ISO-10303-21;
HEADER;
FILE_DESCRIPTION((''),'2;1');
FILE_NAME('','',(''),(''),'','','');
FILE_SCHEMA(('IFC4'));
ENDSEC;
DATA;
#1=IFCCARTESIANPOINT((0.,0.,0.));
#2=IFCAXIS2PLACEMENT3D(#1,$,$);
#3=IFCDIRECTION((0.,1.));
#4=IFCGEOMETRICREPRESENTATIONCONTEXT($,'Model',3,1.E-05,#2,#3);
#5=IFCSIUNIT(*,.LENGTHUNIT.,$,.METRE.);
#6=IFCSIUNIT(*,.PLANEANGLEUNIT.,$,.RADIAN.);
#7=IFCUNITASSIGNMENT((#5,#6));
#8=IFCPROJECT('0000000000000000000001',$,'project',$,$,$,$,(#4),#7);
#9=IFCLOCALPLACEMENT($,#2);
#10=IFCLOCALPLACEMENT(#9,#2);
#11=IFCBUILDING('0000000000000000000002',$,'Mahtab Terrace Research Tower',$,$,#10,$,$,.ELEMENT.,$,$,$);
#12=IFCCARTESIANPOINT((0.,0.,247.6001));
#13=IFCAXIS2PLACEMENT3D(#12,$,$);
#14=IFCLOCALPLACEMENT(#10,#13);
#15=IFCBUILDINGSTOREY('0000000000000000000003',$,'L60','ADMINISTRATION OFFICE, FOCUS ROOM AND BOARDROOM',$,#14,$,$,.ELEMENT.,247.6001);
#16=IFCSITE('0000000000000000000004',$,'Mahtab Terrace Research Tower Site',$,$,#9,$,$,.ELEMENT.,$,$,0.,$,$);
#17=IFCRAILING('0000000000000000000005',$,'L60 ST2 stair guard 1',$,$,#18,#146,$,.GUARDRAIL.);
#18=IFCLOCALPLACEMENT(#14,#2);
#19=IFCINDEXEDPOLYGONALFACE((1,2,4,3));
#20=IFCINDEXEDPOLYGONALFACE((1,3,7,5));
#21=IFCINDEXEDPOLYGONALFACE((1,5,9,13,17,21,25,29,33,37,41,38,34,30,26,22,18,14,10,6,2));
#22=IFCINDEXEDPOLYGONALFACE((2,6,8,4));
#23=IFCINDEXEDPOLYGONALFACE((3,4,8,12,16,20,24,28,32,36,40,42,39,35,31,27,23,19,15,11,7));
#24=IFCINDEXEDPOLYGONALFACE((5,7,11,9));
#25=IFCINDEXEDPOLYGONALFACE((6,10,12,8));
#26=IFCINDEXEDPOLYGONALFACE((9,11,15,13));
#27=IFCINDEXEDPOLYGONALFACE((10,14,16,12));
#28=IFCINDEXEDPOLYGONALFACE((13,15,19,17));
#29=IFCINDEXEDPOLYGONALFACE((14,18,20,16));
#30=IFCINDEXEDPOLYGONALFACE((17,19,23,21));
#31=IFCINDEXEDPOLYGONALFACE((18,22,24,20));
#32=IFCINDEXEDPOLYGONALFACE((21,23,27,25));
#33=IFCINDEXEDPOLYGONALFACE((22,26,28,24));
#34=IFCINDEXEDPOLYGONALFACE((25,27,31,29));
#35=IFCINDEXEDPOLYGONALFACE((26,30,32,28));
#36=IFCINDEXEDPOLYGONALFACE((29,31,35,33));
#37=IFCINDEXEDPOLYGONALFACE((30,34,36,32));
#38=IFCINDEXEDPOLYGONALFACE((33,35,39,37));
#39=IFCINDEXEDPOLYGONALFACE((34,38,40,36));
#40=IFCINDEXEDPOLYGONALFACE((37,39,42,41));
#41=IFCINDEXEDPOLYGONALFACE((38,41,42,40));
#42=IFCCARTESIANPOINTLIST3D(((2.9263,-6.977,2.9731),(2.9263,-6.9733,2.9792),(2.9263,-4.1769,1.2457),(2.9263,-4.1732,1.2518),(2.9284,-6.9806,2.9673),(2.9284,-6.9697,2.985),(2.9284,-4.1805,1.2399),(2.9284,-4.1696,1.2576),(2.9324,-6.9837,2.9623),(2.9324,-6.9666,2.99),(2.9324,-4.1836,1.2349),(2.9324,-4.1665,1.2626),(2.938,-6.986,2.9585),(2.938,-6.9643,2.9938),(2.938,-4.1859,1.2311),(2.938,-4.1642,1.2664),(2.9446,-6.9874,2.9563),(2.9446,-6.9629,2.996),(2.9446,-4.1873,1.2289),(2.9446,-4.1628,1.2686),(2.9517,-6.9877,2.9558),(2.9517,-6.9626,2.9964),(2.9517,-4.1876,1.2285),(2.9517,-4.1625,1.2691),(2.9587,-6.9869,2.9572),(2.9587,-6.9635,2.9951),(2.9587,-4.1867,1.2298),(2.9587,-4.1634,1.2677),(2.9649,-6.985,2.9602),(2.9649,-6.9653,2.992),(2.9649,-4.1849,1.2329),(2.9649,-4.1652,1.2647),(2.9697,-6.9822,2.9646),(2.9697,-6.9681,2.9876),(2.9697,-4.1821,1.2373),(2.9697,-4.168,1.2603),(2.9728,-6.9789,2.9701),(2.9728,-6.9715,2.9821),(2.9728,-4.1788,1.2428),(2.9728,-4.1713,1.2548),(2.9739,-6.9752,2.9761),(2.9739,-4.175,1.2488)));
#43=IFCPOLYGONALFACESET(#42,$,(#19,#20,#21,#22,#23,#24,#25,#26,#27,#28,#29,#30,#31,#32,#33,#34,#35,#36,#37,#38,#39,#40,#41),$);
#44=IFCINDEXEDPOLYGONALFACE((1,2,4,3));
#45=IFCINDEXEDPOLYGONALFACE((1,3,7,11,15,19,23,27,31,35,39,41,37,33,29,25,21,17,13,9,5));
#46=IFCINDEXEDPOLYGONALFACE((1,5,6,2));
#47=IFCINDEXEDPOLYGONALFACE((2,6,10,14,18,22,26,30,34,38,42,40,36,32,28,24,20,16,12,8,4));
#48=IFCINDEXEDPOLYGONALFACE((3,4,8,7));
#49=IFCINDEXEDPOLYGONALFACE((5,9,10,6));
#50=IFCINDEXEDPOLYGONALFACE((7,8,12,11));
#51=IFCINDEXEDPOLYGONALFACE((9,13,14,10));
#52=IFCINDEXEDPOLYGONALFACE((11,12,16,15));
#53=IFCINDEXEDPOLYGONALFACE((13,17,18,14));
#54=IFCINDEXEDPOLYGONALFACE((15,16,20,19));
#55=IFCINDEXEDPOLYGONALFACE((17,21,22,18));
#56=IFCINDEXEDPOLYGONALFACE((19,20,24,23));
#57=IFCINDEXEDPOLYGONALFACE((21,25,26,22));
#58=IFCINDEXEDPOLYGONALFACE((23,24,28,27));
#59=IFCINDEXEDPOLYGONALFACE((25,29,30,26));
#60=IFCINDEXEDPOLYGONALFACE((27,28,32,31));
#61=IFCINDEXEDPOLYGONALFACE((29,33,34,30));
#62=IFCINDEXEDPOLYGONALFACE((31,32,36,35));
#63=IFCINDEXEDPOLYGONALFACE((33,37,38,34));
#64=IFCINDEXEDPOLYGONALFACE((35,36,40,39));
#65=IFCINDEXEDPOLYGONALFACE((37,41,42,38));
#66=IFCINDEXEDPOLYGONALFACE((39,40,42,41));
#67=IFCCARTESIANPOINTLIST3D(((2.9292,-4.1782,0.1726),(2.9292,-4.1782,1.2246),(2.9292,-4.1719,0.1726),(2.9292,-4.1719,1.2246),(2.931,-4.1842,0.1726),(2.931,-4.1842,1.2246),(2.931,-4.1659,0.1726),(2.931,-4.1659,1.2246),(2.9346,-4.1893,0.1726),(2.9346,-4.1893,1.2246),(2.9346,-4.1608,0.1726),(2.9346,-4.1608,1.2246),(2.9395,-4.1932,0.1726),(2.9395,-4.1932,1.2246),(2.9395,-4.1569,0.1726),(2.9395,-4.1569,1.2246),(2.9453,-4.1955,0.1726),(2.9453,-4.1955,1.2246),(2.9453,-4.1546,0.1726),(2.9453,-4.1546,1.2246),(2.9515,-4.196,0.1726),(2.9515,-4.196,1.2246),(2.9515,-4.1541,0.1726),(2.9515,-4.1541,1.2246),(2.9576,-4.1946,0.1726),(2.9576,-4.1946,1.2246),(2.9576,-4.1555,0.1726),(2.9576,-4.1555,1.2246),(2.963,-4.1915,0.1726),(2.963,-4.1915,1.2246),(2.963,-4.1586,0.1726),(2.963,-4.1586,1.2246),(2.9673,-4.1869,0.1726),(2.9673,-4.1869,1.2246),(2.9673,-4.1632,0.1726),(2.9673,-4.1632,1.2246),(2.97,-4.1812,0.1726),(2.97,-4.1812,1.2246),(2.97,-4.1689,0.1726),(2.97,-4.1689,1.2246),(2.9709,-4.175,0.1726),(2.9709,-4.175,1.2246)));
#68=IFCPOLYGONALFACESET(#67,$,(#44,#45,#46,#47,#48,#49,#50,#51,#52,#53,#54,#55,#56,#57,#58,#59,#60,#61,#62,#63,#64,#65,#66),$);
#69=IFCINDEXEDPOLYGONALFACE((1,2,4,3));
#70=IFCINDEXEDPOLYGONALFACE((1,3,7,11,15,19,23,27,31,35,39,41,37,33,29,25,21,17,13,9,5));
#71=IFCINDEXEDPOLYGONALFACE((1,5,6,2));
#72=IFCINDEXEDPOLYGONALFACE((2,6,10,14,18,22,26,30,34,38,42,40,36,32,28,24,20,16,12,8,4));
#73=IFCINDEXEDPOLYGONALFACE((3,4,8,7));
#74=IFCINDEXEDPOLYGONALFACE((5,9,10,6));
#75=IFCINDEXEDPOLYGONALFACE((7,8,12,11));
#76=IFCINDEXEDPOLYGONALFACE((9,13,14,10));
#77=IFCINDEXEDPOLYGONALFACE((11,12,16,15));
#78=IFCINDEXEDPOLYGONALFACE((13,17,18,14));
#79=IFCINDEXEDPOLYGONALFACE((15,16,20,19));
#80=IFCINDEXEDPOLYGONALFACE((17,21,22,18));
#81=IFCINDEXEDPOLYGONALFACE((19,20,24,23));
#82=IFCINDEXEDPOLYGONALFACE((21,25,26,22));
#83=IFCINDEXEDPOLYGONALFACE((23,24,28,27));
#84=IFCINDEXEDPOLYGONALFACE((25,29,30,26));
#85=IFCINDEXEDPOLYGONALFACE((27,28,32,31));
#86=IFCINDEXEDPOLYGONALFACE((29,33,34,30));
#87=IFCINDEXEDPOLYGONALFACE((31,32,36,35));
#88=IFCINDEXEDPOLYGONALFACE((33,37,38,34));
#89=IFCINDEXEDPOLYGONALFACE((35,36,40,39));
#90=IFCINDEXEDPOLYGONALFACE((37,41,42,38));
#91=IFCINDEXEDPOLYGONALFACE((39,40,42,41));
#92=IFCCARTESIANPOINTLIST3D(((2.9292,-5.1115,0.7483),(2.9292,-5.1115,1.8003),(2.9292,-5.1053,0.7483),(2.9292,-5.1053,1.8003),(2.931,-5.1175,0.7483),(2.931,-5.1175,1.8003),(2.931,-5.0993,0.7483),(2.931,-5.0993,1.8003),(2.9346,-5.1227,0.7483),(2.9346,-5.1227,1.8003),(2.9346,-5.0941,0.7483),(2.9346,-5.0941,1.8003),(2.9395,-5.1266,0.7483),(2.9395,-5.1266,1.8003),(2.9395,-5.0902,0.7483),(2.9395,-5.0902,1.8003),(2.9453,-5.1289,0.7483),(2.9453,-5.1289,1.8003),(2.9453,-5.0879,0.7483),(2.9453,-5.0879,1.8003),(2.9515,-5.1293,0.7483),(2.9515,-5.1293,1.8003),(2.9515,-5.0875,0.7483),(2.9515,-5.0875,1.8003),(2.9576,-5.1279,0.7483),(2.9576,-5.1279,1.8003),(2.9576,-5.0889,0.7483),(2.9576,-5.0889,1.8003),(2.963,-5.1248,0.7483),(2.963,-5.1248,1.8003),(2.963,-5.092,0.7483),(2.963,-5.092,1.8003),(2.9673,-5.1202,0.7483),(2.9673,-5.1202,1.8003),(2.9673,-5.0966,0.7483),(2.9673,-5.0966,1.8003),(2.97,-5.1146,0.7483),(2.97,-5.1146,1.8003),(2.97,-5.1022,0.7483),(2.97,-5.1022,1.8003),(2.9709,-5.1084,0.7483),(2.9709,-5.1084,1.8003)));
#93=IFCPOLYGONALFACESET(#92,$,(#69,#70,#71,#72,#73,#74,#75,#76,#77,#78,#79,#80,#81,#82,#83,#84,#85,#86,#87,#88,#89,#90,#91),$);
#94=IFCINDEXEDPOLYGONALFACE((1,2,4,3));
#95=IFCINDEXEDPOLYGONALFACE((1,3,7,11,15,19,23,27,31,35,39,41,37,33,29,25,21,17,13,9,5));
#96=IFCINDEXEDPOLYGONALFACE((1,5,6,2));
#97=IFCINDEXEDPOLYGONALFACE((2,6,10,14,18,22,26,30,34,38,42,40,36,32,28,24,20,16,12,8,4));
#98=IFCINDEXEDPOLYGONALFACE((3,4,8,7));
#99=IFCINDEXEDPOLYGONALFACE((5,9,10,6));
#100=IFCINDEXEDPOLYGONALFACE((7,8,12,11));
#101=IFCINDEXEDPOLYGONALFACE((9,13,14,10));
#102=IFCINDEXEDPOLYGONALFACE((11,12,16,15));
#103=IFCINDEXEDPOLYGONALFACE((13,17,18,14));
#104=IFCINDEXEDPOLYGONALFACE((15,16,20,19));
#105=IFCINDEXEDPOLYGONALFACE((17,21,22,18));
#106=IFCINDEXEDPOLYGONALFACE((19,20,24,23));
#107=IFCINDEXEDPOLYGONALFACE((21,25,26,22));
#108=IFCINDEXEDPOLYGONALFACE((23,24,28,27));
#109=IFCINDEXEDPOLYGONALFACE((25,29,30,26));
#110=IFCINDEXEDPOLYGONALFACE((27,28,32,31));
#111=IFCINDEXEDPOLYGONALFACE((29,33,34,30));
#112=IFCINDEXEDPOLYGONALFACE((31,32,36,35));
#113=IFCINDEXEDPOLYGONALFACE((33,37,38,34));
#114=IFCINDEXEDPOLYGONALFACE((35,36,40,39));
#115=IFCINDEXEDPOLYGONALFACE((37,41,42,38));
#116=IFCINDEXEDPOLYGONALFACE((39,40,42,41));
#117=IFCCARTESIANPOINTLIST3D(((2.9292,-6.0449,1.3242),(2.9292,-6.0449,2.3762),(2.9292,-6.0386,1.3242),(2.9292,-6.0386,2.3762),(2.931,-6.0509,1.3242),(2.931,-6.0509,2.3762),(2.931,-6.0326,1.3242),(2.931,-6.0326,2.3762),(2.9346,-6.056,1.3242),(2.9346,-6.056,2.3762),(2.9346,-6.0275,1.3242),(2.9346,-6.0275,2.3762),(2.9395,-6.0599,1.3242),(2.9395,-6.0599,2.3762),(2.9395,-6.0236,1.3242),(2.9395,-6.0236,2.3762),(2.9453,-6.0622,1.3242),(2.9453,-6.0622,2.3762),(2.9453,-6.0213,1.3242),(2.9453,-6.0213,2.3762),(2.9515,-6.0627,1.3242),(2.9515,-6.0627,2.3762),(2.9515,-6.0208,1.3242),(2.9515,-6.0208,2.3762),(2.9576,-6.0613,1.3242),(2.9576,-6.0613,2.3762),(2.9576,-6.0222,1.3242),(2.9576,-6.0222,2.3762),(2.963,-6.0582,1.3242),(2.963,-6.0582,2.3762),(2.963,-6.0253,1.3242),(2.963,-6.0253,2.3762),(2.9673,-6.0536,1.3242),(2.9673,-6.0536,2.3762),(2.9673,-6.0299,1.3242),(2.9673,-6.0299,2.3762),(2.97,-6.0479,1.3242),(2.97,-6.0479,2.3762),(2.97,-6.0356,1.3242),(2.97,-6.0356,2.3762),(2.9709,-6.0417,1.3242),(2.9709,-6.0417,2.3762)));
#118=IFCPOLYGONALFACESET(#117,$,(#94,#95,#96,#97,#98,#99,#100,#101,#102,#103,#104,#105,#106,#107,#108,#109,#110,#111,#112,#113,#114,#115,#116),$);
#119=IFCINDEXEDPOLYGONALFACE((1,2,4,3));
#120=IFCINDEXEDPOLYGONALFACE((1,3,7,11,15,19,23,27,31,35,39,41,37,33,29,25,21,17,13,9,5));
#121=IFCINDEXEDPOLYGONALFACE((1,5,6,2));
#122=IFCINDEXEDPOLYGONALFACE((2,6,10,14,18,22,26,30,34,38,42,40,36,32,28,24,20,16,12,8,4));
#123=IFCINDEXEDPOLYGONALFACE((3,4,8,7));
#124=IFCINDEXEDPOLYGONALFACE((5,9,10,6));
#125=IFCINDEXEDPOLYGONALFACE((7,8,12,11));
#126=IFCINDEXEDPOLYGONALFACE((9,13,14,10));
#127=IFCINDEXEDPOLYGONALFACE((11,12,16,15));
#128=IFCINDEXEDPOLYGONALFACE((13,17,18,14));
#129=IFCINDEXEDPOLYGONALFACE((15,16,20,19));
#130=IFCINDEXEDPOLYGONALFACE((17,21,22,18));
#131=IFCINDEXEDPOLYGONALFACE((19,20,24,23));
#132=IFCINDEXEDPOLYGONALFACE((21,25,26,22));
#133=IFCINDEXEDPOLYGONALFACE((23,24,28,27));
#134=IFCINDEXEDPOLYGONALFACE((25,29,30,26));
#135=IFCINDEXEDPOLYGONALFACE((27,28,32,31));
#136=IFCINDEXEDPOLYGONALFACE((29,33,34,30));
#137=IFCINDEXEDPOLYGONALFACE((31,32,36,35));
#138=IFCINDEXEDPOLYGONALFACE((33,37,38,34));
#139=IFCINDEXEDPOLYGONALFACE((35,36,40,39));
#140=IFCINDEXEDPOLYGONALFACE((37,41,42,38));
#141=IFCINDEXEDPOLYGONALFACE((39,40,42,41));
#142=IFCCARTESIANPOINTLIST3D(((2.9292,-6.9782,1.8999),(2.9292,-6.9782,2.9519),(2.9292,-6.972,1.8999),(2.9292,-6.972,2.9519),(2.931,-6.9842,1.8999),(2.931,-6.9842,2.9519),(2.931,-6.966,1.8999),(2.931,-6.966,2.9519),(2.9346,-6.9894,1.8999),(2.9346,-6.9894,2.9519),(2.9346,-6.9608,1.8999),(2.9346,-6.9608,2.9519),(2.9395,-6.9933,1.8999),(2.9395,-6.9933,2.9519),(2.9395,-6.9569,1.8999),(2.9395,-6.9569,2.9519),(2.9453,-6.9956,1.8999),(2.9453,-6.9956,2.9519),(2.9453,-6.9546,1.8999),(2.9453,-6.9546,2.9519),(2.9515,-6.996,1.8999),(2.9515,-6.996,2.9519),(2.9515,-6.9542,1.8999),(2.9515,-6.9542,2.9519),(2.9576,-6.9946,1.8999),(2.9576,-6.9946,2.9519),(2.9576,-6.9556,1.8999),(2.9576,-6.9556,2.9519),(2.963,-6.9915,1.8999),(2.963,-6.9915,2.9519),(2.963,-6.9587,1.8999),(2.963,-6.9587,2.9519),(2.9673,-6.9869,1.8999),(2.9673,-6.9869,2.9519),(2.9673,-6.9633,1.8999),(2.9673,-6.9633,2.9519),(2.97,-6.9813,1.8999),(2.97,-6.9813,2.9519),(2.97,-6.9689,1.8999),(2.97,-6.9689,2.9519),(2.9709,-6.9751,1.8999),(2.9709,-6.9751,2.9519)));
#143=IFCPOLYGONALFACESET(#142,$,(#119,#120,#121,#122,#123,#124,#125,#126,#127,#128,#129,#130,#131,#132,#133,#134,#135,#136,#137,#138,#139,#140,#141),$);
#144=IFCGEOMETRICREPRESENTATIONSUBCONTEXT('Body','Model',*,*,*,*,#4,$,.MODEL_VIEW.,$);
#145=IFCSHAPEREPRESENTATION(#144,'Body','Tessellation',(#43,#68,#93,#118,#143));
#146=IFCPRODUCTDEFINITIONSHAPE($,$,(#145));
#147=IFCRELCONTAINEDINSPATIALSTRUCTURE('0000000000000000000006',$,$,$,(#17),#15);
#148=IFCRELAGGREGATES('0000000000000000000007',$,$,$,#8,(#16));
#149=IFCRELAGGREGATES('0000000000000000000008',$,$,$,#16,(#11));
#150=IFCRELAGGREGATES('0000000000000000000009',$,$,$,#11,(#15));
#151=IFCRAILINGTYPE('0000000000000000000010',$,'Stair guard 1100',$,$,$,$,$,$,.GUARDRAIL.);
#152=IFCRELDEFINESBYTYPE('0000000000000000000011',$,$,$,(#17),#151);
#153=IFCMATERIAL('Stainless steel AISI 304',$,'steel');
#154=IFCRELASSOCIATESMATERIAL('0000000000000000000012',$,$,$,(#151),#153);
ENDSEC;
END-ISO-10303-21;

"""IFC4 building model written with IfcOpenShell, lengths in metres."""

from ifc_helpers import new_model, si_unit, direction, frame, origin, origin_2d, place, context, subcontext, project, spatial, circle, extrude, material, type_object, element, save


model = new_model("IFC4")

# Units and contexts
model_context = context("Model", 3, precision=1e-05, world=origin(), true_north=direction((0.0, 1.0)))
body_context = subcontext(model_context, "Body", "Model", "MODEL_VIEW")
ifc_project = project(units=[si_unit("LENGTHUNIT", "METRE"), si_unit("PLANEANGLEUNIT", "RADIAN")], contexts=[model_context])

# Site, building, storey
site_placement = place(None, origin())
site = spatial("IfcSite", under=ifc_project, at=site_placement, Name="Mahtab Terrace Research Tower Site", CompositionType="ELEMENT", RefElevation=0.0)
building_placement = place(site_placement, origin())
building = spatial("IfcBuilding", under=site, at=building_placement, Name="Mahtab Terrace Research Tower", CompositionType="ELEMENT")
storey_placement = place(building_placement, frame((0.0, 0.0, 247.6001)))
storey = spatial("IfcBuildingStorey", under=building, at=storey_placement, Name="L60", Description="ADMINISTRATION OFFICE, FOCUS ROOM AND BOARDROOM", CompositionType="ELEMENT", Elevation=247.6001)

# Railing
ifc_material_1 = material(Name="Stainless steel AISI 304", Category="steel")
railing_type = type_object("IfcRailingType", Name="Stair guard 1100", PredefinedType="GUARDRAIL", material=ifc_material_1)
railing_1_placement = place(storey_placement, frame((2.95, -4.175, 0.1726)))
element("IfcRailing", 1, at=railing_1_placement, inside=storey, type_object=railing_type, Name="L60 ST2 stair guard 1", PredefinedType="GUARDRAIL", context=body_context, shape_type="SweptSolid", body=[
    extrude(circle(Radius=0.0239, at=origin_2d()), frame((0.0, 0.0, 1.0762), z_axis=(0.0, -0.85109, 0.52502), x_axis=(1.0, 0.0, 0.0)), (0.0, 0.0, 1.0), 3.29),
    extrude(circle(Radius=0.021, at=origin_2d()), origin(), (0.0, 0.0, 1.0), 1.052),
    extrude(circle(Radius=0.021, at=origin_2d()), frame((0.0, -0.9333, 0.5757)), (0.0, 0.0, 1.0), 1.052),
    extrude(circle(Radius=0.021, at=origin_2d()), frame((0.0, -1.8667, 1.1516)), (0.0, 0.0, 1.0), 1.052),
    extrude(circle(Radius=0.021, at=origin_2d()), frame((0.0, -2.8, 1.7273)), (0.0, 0.0, 1.0), 1.052),
])

save(model, "model.ifc")
